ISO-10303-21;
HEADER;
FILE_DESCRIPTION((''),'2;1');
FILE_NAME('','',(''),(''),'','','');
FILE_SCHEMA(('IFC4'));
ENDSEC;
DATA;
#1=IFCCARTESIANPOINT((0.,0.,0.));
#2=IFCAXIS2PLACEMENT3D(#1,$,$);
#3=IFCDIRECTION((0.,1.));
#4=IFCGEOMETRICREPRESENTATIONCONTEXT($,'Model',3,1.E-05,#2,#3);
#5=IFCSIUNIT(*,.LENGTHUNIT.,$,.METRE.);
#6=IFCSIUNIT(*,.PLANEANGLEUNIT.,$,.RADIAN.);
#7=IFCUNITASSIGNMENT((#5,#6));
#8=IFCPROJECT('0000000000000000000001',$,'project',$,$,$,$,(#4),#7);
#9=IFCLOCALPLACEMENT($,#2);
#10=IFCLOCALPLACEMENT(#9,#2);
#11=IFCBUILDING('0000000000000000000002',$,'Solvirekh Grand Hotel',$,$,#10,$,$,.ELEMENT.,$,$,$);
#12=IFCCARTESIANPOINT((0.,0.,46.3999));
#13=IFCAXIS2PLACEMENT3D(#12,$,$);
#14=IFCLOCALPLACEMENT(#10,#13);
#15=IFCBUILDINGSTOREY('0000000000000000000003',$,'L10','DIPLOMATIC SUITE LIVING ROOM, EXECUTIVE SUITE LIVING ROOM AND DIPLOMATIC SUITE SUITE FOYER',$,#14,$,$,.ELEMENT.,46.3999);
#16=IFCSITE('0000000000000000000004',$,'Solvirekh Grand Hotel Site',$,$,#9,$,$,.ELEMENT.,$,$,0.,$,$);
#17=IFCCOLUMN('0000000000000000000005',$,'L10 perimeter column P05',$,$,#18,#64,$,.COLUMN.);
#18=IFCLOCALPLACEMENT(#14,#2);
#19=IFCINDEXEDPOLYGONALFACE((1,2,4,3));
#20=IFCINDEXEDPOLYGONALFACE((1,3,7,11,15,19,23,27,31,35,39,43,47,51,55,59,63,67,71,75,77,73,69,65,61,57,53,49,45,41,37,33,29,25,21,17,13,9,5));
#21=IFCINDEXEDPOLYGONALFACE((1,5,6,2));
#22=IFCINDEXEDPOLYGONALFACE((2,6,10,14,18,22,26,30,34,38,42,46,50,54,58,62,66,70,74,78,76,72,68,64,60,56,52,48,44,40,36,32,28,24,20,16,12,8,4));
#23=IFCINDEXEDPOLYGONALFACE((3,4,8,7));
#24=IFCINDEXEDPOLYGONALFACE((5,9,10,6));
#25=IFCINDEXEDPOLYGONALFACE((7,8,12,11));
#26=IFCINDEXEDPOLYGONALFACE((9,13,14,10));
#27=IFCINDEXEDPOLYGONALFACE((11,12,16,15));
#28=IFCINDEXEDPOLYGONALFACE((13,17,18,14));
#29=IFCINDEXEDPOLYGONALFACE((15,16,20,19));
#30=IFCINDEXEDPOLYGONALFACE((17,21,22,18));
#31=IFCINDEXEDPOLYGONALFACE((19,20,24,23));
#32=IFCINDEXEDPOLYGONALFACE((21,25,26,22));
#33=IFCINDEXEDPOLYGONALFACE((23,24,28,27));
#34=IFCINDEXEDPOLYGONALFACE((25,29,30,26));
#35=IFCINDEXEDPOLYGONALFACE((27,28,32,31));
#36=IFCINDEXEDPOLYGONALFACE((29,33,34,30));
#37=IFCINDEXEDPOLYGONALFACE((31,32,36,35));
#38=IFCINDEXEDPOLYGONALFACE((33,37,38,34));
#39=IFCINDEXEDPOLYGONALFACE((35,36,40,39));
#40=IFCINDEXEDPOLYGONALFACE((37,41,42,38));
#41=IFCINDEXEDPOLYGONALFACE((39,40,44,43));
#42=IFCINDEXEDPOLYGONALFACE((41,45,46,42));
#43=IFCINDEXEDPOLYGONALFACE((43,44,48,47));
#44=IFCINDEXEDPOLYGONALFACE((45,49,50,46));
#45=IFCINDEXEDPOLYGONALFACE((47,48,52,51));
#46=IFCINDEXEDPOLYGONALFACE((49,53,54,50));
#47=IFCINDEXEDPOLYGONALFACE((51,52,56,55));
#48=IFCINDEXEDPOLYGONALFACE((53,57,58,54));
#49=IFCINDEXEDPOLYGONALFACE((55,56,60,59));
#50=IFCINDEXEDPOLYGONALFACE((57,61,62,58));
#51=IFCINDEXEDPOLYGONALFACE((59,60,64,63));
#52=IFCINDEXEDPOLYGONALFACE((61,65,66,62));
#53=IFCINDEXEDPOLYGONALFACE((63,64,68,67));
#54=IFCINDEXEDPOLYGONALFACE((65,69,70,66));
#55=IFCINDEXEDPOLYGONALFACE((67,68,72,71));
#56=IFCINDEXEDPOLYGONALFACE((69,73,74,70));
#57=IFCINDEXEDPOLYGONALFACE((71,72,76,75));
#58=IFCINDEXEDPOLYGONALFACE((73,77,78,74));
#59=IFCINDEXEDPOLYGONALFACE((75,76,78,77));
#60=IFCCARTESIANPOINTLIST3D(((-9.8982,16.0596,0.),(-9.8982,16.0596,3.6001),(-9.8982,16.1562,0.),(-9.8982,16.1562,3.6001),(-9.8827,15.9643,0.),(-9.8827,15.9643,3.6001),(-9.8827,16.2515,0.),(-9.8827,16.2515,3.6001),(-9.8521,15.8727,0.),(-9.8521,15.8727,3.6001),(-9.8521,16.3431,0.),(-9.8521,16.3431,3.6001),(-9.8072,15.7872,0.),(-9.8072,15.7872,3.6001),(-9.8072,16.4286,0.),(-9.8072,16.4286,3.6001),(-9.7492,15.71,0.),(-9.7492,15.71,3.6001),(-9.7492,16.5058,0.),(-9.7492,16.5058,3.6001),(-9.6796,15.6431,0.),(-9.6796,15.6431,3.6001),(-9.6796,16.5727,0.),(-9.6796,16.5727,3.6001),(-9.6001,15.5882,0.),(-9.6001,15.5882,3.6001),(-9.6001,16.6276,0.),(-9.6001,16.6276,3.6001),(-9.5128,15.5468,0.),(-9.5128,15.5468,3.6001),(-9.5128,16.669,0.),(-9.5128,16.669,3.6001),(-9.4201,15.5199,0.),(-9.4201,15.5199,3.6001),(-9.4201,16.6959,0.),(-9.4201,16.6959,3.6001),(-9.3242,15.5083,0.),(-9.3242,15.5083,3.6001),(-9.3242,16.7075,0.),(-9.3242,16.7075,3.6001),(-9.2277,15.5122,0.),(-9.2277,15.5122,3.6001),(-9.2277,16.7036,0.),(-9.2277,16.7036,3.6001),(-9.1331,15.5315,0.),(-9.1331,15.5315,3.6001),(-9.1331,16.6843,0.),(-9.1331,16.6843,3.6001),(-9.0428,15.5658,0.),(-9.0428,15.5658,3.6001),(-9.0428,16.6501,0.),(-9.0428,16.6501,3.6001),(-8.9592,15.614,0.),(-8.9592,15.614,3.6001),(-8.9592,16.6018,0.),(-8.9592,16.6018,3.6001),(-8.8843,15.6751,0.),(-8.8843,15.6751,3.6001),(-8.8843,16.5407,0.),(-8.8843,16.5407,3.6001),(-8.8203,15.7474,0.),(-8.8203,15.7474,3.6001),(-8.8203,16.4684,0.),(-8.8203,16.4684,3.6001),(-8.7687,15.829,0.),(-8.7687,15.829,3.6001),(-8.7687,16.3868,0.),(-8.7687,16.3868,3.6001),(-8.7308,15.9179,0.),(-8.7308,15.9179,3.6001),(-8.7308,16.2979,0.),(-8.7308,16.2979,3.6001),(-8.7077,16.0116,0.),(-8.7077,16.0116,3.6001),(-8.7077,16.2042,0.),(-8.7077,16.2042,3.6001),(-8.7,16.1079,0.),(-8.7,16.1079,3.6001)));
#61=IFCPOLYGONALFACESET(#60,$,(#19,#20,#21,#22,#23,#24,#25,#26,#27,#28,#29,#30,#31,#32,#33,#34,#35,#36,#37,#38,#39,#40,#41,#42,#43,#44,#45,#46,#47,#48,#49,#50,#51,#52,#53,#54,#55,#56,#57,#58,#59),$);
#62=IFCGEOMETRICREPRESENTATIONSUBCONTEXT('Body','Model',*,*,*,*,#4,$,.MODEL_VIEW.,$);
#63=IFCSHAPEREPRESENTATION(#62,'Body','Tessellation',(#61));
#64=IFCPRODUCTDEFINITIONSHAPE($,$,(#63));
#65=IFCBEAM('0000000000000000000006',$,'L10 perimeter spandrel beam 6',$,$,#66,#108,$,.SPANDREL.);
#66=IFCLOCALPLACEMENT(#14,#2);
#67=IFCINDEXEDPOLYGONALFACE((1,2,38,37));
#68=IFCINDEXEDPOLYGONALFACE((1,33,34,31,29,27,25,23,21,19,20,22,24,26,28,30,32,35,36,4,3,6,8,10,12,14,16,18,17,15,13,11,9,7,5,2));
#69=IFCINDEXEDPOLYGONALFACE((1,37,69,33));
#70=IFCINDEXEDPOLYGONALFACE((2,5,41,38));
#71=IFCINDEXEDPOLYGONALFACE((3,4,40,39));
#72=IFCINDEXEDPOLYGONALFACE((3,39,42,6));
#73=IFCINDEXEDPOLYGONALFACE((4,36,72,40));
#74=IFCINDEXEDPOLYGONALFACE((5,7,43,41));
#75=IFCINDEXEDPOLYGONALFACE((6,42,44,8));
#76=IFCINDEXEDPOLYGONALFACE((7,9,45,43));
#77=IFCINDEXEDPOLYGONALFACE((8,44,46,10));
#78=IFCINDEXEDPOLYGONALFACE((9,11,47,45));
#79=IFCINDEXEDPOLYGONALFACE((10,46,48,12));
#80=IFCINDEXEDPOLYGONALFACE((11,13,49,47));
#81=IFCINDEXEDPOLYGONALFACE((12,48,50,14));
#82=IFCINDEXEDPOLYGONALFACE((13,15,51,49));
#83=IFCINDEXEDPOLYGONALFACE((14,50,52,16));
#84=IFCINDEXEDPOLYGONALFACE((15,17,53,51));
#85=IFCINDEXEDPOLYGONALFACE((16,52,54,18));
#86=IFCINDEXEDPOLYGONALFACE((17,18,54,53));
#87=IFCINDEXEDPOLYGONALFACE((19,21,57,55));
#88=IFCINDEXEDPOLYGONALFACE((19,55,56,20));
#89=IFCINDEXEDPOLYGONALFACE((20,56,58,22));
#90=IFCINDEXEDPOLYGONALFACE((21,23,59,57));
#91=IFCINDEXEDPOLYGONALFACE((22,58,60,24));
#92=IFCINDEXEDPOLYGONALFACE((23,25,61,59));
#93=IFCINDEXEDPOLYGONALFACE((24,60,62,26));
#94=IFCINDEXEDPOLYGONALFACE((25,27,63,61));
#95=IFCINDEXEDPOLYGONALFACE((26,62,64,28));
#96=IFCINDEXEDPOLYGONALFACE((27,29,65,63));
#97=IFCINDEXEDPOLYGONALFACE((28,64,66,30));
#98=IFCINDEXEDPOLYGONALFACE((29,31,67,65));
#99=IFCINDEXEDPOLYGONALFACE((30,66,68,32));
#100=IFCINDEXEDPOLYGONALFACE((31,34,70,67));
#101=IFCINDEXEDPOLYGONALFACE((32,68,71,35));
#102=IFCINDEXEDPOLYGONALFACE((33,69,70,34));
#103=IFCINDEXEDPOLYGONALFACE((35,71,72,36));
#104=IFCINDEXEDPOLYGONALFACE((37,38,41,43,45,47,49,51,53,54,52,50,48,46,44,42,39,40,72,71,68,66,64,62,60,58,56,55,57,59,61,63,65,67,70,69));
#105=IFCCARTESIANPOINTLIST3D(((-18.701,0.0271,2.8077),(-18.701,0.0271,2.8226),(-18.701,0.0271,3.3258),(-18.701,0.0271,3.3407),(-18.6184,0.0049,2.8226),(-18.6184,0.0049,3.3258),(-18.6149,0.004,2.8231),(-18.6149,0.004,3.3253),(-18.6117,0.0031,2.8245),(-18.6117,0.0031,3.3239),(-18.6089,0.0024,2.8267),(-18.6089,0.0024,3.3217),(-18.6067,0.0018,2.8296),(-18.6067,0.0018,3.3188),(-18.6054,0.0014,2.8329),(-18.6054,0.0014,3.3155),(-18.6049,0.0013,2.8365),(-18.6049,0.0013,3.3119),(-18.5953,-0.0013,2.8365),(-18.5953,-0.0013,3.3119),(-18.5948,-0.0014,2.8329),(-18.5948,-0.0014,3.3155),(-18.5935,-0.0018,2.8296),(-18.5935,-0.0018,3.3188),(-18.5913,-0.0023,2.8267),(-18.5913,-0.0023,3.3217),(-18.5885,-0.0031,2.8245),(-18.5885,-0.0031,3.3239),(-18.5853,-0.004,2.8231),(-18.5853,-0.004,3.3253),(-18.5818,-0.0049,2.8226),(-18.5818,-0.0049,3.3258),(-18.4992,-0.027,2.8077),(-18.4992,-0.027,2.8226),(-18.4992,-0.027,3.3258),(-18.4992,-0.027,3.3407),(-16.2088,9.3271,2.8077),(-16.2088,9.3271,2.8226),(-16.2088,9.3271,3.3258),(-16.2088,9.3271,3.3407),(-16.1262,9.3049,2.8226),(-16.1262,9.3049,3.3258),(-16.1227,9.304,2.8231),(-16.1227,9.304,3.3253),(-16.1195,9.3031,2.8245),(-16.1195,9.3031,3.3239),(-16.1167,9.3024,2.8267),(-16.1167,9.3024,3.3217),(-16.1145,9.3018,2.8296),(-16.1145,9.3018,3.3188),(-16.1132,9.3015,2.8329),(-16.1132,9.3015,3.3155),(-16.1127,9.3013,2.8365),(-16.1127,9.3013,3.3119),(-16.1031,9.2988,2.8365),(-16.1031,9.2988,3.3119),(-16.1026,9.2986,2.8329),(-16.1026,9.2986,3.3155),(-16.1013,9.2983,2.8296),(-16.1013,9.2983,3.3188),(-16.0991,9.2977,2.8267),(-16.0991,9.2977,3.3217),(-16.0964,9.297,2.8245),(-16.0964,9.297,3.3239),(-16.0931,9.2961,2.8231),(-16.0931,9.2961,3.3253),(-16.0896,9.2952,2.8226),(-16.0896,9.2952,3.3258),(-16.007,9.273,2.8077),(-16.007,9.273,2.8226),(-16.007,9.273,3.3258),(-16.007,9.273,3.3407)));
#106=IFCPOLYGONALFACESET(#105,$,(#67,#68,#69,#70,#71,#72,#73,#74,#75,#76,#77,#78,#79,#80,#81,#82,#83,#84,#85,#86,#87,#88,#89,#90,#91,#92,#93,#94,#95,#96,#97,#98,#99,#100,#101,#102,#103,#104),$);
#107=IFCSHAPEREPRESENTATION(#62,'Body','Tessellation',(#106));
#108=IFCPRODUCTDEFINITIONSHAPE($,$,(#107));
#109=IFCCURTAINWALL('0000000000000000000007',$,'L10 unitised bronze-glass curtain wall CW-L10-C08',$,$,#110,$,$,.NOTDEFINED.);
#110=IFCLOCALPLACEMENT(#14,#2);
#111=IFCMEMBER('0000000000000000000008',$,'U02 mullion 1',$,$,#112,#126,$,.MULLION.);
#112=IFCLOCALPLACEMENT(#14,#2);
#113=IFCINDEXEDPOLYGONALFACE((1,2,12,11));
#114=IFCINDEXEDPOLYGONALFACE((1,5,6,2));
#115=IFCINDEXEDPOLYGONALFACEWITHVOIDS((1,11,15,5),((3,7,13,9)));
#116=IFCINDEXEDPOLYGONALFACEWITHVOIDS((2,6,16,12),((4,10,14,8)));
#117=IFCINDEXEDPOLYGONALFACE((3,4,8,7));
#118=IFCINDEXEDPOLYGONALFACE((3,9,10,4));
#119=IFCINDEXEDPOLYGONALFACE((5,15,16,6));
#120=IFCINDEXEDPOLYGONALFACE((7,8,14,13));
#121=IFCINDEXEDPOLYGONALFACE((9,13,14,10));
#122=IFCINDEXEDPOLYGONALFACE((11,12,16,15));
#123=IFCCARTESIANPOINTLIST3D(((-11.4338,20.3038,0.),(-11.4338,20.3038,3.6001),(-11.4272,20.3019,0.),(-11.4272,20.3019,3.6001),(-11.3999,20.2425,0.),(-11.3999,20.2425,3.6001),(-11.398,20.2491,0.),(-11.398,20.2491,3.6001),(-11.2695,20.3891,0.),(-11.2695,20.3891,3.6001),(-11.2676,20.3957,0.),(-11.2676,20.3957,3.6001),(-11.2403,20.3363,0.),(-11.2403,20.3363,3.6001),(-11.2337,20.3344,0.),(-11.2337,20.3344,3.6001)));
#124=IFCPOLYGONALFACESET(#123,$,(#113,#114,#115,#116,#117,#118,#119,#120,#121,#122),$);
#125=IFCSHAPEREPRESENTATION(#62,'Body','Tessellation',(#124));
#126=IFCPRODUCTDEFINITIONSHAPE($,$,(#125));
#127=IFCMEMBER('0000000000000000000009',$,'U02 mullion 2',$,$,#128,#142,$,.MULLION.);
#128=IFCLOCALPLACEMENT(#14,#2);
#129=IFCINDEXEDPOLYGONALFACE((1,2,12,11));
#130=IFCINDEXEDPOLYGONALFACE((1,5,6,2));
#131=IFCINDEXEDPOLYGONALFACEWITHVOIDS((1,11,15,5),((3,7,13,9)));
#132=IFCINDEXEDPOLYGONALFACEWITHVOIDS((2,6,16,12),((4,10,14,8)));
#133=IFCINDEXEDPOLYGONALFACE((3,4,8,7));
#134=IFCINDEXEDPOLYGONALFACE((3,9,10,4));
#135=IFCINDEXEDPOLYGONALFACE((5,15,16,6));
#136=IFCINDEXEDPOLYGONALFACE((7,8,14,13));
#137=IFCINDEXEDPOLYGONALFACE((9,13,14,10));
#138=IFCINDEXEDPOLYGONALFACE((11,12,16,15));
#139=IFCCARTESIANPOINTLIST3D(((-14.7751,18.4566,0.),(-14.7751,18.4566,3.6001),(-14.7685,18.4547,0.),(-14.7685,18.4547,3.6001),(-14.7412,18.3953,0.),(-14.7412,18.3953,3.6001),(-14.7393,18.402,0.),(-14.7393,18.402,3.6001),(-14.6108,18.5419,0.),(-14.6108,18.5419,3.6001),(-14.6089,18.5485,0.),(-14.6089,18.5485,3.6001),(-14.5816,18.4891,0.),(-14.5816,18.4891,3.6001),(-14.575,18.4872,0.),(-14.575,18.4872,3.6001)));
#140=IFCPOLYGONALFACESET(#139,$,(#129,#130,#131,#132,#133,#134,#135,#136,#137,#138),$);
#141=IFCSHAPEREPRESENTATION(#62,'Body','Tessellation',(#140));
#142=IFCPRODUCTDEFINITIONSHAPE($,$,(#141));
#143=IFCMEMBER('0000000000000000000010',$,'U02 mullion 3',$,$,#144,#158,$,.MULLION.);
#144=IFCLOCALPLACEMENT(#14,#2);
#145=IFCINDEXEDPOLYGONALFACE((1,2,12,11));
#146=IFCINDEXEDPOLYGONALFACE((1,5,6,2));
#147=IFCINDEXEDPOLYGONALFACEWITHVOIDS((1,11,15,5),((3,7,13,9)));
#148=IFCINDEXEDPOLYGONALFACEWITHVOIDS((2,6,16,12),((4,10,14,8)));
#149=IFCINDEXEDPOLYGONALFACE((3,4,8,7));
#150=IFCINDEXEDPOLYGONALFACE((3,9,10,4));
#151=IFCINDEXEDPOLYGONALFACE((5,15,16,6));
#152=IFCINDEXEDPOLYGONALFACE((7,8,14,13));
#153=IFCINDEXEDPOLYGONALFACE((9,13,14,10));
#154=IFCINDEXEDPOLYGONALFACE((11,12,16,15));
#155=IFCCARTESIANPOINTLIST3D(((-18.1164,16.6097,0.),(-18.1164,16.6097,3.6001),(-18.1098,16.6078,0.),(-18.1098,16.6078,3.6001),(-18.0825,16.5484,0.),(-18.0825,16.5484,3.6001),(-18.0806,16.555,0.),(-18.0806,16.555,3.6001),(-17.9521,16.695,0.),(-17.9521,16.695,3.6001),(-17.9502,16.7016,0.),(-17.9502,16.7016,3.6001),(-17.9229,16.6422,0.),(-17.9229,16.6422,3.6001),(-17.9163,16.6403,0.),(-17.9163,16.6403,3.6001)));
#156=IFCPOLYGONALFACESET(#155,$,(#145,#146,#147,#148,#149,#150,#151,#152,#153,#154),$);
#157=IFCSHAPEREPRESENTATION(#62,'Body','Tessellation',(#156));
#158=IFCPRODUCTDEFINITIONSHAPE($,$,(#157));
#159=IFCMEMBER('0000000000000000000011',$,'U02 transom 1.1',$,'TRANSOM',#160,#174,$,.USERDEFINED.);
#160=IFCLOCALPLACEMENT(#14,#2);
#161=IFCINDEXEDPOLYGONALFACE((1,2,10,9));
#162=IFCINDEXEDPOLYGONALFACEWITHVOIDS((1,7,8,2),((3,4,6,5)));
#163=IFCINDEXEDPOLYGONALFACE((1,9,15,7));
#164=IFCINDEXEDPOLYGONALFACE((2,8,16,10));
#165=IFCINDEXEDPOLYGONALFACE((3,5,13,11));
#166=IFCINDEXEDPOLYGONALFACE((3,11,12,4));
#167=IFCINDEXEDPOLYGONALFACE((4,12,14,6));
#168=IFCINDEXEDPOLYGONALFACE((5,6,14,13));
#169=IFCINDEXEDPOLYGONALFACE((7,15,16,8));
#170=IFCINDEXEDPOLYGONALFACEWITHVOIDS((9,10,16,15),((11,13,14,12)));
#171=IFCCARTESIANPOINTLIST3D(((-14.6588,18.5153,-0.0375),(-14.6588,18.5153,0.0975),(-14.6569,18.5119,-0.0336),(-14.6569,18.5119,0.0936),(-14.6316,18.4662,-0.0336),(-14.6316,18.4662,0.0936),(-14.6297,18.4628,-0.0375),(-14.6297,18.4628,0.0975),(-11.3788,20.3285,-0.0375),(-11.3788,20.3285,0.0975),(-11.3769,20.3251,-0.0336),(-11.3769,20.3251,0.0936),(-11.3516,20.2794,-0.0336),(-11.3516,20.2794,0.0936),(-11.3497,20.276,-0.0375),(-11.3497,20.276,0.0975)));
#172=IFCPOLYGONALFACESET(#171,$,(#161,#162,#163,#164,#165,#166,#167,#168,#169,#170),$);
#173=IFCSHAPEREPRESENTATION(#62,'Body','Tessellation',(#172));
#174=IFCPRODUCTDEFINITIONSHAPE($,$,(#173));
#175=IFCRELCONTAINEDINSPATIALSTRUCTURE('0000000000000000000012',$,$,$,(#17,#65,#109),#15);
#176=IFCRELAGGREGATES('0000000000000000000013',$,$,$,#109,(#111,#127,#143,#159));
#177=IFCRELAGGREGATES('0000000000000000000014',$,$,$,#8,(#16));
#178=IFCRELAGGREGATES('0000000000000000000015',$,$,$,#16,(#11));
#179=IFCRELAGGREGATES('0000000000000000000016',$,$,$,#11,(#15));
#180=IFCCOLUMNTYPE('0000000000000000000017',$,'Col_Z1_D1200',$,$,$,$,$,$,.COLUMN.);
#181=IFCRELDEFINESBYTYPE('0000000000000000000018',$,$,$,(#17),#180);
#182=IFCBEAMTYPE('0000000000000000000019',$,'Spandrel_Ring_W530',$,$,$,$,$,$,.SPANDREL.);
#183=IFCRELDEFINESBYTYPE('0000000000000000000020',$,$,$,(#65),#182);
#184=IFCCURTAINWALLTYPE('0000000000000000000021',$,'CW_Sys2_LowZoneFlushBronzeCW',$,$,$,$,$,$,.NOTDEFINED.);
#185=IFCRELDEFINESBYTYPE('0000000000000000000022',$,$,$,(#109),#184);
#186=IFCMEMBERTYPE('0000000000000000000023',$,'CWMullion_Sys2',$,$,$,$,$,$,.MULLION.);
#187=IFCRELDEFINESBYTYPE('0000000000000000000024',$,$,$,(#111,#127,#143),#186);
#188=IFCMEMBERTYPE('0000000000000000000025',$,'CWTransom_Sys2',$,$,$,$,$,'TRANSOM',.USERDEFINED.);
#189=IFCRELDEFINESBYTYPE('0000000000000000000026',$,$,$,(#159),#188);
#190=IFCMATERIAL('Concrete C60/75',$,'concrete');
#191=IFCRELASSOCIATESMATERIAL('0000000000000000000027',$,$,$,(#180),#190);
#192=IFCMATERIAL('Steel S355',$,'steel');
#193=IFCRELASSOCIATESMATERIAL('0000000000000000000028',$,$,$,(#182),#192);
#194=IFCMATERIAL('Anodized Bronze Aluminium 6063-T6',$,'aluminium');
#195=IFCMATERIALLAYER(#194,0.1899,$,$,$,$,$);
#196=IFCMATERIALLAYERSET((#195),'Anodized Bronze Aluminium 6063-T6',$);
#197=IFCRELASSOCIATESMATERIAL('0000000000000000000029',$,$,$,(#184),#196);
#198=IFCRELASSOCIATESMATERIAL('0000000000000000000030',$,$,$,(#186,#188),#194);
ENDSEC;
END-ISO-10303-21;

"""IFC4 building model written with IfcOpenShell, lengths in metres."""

from ifc_helpers import new_model, si_unit, direction, frame, origin, origin_2d, place, context, subcontext, project, spatial, hollow_rectangle, circle, i_section, extrude, source, transform, mapped, material, layer, layer_set, material_profile, profile_set, type_object, element, aggregate, save


model = new_model("IFC4")

# Units and contexts
model_context = context("Model", 3, precision=1e-05, world=origin(), true_north=direction((0.0, 1.0)))
body_context = subcontext(model_context, "Body", "Model", "MODEL_VIEW")
ifc_project = project(units=[si_unit("LENGTHUNIT", "METRE"), si_unit("PLANEANGLEUNIT", "RADIAN")], contexts=[model_context])

# Site, building, storey
site_placement = place(None, origin())
site = spatial("IfcSite", under=ifc_project, at=site_placement, Name="Solvirekh Grand Hotel Site", CompositionType="ELEMENT", RefElevation=0.0)
building_placement = place(site_placement, origin())
building = spatial("IfcBuilding", under=site, at=building_placement, Name="Solvirekh Grand Hotel", CompositionType="ELEMENT")
storey_placement = place(building_placement, frame((0.0, 0.0, 46.3999)))
storey = spatial("IfcBuildingStorey", under=building, at=storey_placement, Name="L10", Description="DIPLOMATIC SUITE LIVING ROOM, EXECUTIVE SUITE LIVING ROOM AND DIPLOMATIC SUITE SUITE FOYER", CompositionType="ELEMENT", Elevation=46.3999)

# Column
ifc_material_1 = material(Name="Concrete C60/75", Category="concrete")
ifc_material_profile_1 = material_profile(ifc_material_1, circle(Radius=0.6001, at=origin_2d()), Name="RC CIRC D1200")
ifc_profile_set_1 = profile_set([ifc_material_profile_1], Name="Concrete C60/75")
column_type = type_object("IfcColumnType", Name="Col_Z1_D1200", PredefinedType="COLUMN", material=ifc_profile_set_1)
column_placement = place(storey_placement, frame((-9.3, 16.1079, 0.0), z_axis=(0.0, 0.0, 1.0), x_axis=(1.0, 0.0, 0.0)))
element("IfcColumn", 1, at=column_placement, inside=storey, type_object=column_type, Name="L10 perimeter column P05", PredefinedType="COLUMN", context=body_context, shape_type="SweptSolid", body=[
    extrude(circle(Radius=0.6001, at=origin_2d()), origin(), (0.0, 0.0, 1.0), 3.6001),
])

# Beam
ifc_material_2 = material(Name="Steel S355", Category="steel")
ifc_material_profile_2 = material_profile(ifc_material_2, i_section(OverallWidth=0.209, OverallDepth=0.533, WebThickness=0.01, FlangeThickness=0.0149, FilletRadius=0.0139, at=origin_2d()), Name="W530X92")
ifc_profile_set_2 = profile_set([ifc_material_profile_2], Name="Steel S355")
beam_type = type_object("IfcBeamType", Name="Spandrel_Ring_W530", PredefinedType="SPANDREL", material=ifc_profile_set_2)
beam_placement = place(storey_placement, frame((-16.1079, 9.3, 3.0742), z_axis=(-0.258843, -0.965919, 0.0), x_axis=(0.965919, -0.258843, 0.0)))
element("IfcBeam", 2, at=beam_placement, inside=storey, type_object=beam_type, Name="L10 perimeter spandrel beam 6", PredefinedType="SPANDREL", context=body_context, shape_type="SweptSolid", body=[
    extrude(i_section(OverallWidth=0.209, OverallDepth=0.533, WebThickness=0.01, FlangeThickness=0.0149, FilletRadius=0.0139, at=origin_2d()), origin(), (0.0, 0.0, 1.0), 9.6282),
])

# Curtain wall, members
ifc_material_3 = material(Name="Anodized Bronze Aluminium 6063-T6", Category="aluminium")
ifc_layer_1 = layer(ifc_material_3, 0.1899)
ifc_layer_set_1 = layer_set([ifc_layer_1], Name="Anodized Bronze Aluminium 6063-T6")
curtain_wall_type = type_object("IfcCurtainWallType", Name="CW_Sys2_LowZoneFlushBronzeCW", PredefinedType="NOTDEFINED", material=ifc_layer_set_1)
curtain_wall_placement = place(storey_placement, origin())
curtain_wall = element("IfcCurtainWall", 3, at=curtain_wall_placement, inside=storey, type_object=curtain_wall_type, Name="L10 unitised bronze-glass curtain wall CW-L10-C08", PredefinedType="NOTDEFINED")
ifc_material_profile_3 = material_profile(ifc_material_3, hollow_rectangle(XDim=0.0701, YDim=0.1899, WallThickness=0.0049, at=origin_2d()), Name="ALU RHS 190X70X5")
ifc_profile_set_3 = profile_set([ifc_material_profile_3], Name="Anodized Bronze Aluminium 6063-T6")
member_type_1 = type_object("IfcMemberType", Name="CWMullion_Sys2", PredefinedType="MULLION", material=ifc_profile_set_3)
shared_shape_1 = source(origin(), body_context, "Body", "SweptSolid", [
    extrude(hollow_rectangle(XDim=0.0701, YDim=0.1899, WallThickness=0.0049, at=origin_2d()), origin(), (0.0, 0.0, 1.0), 3.6001),
])
member_1_placement = place(storey_placement, frame((-11.3337, 20.3191, 0.0), z_axis=(0.0, 0.0, 1.0), x_axis=(0.483791, -0.875184, 0.0)))
member_1 = element("IfcMember", 4, at=member_1_placement, type_object=member_type_1, Name="U02 mullion 1", PredefinedType="MULLION", context=body_context, shape_type="MappedRepresentation", body=[
    mapped(shared_shape_1, transform((0.0, 0.0, 0.0), x_axis=(1.0, 0.0, 0.0), y_axis=(0.0, 1.0, 0.0), z_axis=(0.0, 0.0, 1.0), scale=1.0)),
])
member_2_placement = place(storey_placement, frame((-14.675, 18.4719, 0.0), z_axis=(0.0, 0.0, 1.0), x_axis=(0.483791, -0.875184, 0.0)))
member_2 = element("IfcMember", 5, at=member_2_placement, type_object=member_type_1, Name="U02 mullion 2", PredefinedType="MULLION", context=body_context, shape_type="MappedRepresentation", body=[
    mapped(shared_shape_1, transform((0.0, 0.0, 0.0), x_axis=(1.0, 0.0, 0.0), y_axis=(0.0, 1.0, 0.0), z_axis=(0.0, 0.0, 1.0), scale=1.0)),
])
member_3_placement = place(storey_placement, frame((-18.0164, 16.625, 0.0), z_axis=(0.0, 0.0, 1.0), x_axis=(0.483791, -0.875184, 0.0)))
member_3 = element("IfcMember", 6, at=member_3_placement, type_object=member_type_1, Name="U02 mullion 3", PredefinedType="MULLION", context=body_context, shape_type="MappedRepresentation", body=[
    mapped(shared_shape_1, transform((0.0, 0.0, 0.0), x_axis=(1.0, 0.0, 0.0), y_axis=(0.0, 1.0, 0.0), z_axis=(0.0, 0.0, 1.0), scale=1.0)),
])
ifc_material_profile_4 = material_profile(ifc_material_3, hollow_rectangle(XDim=0.0601, YDim=0.135, WallThickness=0.0039, at=origin_2d()), Name="ALU RHS 135X60X4")
ifc_profile_set_4 = profile_set([ifc_material_profile_4], Name="Anodized Bronze Aluminium 6063-T6")
member_type_2 = type_object("IfcMemberType", Name="CWTransom_Sys2", ElementType="TRANSOM", PredefinedType="USERDEFINED", material=ifc_profile_set_4)
shared_shape_2 = source(origin(), body_context, "Body", "SweptSolid", [
    extrude(hollow_rectangle(XDim=0.0601, YDim=0.135, WallThickness=0.0039, at=origin_2d()), origin(), (0.0, 0.0, 1.0), 3.7478),
])
member_4_placement = place(storey_placement, frame((-11.3643, 20.3022, 0.03), z_axis=(-0.875175, -0.483806, 0.0), x_axis=(0.483806, -0.875175, 0.0)))
member_4 = element("IfcMember", 7, at=member_4_placement, type_object=member_type_2, Name="U02 transom 1.1", ObjectType="TRANSOM", PredefinedType="USERDEFINED", context=body_context, shape_type="MappedRepresentation", body=[
    mapped(shared_shape_2, transform((0.0, 0.0, 0.0), x_axis=(1.0, 0.0, 0.0), y_axis=(0.0, 1.0, 0.0), z_axis=(0.0, 0.0, 1.0), scale=1.0)),
])
aggregate(curtain_wall, [member_1, member_2, member_3, member_4])

save(model, "model.ifc")
